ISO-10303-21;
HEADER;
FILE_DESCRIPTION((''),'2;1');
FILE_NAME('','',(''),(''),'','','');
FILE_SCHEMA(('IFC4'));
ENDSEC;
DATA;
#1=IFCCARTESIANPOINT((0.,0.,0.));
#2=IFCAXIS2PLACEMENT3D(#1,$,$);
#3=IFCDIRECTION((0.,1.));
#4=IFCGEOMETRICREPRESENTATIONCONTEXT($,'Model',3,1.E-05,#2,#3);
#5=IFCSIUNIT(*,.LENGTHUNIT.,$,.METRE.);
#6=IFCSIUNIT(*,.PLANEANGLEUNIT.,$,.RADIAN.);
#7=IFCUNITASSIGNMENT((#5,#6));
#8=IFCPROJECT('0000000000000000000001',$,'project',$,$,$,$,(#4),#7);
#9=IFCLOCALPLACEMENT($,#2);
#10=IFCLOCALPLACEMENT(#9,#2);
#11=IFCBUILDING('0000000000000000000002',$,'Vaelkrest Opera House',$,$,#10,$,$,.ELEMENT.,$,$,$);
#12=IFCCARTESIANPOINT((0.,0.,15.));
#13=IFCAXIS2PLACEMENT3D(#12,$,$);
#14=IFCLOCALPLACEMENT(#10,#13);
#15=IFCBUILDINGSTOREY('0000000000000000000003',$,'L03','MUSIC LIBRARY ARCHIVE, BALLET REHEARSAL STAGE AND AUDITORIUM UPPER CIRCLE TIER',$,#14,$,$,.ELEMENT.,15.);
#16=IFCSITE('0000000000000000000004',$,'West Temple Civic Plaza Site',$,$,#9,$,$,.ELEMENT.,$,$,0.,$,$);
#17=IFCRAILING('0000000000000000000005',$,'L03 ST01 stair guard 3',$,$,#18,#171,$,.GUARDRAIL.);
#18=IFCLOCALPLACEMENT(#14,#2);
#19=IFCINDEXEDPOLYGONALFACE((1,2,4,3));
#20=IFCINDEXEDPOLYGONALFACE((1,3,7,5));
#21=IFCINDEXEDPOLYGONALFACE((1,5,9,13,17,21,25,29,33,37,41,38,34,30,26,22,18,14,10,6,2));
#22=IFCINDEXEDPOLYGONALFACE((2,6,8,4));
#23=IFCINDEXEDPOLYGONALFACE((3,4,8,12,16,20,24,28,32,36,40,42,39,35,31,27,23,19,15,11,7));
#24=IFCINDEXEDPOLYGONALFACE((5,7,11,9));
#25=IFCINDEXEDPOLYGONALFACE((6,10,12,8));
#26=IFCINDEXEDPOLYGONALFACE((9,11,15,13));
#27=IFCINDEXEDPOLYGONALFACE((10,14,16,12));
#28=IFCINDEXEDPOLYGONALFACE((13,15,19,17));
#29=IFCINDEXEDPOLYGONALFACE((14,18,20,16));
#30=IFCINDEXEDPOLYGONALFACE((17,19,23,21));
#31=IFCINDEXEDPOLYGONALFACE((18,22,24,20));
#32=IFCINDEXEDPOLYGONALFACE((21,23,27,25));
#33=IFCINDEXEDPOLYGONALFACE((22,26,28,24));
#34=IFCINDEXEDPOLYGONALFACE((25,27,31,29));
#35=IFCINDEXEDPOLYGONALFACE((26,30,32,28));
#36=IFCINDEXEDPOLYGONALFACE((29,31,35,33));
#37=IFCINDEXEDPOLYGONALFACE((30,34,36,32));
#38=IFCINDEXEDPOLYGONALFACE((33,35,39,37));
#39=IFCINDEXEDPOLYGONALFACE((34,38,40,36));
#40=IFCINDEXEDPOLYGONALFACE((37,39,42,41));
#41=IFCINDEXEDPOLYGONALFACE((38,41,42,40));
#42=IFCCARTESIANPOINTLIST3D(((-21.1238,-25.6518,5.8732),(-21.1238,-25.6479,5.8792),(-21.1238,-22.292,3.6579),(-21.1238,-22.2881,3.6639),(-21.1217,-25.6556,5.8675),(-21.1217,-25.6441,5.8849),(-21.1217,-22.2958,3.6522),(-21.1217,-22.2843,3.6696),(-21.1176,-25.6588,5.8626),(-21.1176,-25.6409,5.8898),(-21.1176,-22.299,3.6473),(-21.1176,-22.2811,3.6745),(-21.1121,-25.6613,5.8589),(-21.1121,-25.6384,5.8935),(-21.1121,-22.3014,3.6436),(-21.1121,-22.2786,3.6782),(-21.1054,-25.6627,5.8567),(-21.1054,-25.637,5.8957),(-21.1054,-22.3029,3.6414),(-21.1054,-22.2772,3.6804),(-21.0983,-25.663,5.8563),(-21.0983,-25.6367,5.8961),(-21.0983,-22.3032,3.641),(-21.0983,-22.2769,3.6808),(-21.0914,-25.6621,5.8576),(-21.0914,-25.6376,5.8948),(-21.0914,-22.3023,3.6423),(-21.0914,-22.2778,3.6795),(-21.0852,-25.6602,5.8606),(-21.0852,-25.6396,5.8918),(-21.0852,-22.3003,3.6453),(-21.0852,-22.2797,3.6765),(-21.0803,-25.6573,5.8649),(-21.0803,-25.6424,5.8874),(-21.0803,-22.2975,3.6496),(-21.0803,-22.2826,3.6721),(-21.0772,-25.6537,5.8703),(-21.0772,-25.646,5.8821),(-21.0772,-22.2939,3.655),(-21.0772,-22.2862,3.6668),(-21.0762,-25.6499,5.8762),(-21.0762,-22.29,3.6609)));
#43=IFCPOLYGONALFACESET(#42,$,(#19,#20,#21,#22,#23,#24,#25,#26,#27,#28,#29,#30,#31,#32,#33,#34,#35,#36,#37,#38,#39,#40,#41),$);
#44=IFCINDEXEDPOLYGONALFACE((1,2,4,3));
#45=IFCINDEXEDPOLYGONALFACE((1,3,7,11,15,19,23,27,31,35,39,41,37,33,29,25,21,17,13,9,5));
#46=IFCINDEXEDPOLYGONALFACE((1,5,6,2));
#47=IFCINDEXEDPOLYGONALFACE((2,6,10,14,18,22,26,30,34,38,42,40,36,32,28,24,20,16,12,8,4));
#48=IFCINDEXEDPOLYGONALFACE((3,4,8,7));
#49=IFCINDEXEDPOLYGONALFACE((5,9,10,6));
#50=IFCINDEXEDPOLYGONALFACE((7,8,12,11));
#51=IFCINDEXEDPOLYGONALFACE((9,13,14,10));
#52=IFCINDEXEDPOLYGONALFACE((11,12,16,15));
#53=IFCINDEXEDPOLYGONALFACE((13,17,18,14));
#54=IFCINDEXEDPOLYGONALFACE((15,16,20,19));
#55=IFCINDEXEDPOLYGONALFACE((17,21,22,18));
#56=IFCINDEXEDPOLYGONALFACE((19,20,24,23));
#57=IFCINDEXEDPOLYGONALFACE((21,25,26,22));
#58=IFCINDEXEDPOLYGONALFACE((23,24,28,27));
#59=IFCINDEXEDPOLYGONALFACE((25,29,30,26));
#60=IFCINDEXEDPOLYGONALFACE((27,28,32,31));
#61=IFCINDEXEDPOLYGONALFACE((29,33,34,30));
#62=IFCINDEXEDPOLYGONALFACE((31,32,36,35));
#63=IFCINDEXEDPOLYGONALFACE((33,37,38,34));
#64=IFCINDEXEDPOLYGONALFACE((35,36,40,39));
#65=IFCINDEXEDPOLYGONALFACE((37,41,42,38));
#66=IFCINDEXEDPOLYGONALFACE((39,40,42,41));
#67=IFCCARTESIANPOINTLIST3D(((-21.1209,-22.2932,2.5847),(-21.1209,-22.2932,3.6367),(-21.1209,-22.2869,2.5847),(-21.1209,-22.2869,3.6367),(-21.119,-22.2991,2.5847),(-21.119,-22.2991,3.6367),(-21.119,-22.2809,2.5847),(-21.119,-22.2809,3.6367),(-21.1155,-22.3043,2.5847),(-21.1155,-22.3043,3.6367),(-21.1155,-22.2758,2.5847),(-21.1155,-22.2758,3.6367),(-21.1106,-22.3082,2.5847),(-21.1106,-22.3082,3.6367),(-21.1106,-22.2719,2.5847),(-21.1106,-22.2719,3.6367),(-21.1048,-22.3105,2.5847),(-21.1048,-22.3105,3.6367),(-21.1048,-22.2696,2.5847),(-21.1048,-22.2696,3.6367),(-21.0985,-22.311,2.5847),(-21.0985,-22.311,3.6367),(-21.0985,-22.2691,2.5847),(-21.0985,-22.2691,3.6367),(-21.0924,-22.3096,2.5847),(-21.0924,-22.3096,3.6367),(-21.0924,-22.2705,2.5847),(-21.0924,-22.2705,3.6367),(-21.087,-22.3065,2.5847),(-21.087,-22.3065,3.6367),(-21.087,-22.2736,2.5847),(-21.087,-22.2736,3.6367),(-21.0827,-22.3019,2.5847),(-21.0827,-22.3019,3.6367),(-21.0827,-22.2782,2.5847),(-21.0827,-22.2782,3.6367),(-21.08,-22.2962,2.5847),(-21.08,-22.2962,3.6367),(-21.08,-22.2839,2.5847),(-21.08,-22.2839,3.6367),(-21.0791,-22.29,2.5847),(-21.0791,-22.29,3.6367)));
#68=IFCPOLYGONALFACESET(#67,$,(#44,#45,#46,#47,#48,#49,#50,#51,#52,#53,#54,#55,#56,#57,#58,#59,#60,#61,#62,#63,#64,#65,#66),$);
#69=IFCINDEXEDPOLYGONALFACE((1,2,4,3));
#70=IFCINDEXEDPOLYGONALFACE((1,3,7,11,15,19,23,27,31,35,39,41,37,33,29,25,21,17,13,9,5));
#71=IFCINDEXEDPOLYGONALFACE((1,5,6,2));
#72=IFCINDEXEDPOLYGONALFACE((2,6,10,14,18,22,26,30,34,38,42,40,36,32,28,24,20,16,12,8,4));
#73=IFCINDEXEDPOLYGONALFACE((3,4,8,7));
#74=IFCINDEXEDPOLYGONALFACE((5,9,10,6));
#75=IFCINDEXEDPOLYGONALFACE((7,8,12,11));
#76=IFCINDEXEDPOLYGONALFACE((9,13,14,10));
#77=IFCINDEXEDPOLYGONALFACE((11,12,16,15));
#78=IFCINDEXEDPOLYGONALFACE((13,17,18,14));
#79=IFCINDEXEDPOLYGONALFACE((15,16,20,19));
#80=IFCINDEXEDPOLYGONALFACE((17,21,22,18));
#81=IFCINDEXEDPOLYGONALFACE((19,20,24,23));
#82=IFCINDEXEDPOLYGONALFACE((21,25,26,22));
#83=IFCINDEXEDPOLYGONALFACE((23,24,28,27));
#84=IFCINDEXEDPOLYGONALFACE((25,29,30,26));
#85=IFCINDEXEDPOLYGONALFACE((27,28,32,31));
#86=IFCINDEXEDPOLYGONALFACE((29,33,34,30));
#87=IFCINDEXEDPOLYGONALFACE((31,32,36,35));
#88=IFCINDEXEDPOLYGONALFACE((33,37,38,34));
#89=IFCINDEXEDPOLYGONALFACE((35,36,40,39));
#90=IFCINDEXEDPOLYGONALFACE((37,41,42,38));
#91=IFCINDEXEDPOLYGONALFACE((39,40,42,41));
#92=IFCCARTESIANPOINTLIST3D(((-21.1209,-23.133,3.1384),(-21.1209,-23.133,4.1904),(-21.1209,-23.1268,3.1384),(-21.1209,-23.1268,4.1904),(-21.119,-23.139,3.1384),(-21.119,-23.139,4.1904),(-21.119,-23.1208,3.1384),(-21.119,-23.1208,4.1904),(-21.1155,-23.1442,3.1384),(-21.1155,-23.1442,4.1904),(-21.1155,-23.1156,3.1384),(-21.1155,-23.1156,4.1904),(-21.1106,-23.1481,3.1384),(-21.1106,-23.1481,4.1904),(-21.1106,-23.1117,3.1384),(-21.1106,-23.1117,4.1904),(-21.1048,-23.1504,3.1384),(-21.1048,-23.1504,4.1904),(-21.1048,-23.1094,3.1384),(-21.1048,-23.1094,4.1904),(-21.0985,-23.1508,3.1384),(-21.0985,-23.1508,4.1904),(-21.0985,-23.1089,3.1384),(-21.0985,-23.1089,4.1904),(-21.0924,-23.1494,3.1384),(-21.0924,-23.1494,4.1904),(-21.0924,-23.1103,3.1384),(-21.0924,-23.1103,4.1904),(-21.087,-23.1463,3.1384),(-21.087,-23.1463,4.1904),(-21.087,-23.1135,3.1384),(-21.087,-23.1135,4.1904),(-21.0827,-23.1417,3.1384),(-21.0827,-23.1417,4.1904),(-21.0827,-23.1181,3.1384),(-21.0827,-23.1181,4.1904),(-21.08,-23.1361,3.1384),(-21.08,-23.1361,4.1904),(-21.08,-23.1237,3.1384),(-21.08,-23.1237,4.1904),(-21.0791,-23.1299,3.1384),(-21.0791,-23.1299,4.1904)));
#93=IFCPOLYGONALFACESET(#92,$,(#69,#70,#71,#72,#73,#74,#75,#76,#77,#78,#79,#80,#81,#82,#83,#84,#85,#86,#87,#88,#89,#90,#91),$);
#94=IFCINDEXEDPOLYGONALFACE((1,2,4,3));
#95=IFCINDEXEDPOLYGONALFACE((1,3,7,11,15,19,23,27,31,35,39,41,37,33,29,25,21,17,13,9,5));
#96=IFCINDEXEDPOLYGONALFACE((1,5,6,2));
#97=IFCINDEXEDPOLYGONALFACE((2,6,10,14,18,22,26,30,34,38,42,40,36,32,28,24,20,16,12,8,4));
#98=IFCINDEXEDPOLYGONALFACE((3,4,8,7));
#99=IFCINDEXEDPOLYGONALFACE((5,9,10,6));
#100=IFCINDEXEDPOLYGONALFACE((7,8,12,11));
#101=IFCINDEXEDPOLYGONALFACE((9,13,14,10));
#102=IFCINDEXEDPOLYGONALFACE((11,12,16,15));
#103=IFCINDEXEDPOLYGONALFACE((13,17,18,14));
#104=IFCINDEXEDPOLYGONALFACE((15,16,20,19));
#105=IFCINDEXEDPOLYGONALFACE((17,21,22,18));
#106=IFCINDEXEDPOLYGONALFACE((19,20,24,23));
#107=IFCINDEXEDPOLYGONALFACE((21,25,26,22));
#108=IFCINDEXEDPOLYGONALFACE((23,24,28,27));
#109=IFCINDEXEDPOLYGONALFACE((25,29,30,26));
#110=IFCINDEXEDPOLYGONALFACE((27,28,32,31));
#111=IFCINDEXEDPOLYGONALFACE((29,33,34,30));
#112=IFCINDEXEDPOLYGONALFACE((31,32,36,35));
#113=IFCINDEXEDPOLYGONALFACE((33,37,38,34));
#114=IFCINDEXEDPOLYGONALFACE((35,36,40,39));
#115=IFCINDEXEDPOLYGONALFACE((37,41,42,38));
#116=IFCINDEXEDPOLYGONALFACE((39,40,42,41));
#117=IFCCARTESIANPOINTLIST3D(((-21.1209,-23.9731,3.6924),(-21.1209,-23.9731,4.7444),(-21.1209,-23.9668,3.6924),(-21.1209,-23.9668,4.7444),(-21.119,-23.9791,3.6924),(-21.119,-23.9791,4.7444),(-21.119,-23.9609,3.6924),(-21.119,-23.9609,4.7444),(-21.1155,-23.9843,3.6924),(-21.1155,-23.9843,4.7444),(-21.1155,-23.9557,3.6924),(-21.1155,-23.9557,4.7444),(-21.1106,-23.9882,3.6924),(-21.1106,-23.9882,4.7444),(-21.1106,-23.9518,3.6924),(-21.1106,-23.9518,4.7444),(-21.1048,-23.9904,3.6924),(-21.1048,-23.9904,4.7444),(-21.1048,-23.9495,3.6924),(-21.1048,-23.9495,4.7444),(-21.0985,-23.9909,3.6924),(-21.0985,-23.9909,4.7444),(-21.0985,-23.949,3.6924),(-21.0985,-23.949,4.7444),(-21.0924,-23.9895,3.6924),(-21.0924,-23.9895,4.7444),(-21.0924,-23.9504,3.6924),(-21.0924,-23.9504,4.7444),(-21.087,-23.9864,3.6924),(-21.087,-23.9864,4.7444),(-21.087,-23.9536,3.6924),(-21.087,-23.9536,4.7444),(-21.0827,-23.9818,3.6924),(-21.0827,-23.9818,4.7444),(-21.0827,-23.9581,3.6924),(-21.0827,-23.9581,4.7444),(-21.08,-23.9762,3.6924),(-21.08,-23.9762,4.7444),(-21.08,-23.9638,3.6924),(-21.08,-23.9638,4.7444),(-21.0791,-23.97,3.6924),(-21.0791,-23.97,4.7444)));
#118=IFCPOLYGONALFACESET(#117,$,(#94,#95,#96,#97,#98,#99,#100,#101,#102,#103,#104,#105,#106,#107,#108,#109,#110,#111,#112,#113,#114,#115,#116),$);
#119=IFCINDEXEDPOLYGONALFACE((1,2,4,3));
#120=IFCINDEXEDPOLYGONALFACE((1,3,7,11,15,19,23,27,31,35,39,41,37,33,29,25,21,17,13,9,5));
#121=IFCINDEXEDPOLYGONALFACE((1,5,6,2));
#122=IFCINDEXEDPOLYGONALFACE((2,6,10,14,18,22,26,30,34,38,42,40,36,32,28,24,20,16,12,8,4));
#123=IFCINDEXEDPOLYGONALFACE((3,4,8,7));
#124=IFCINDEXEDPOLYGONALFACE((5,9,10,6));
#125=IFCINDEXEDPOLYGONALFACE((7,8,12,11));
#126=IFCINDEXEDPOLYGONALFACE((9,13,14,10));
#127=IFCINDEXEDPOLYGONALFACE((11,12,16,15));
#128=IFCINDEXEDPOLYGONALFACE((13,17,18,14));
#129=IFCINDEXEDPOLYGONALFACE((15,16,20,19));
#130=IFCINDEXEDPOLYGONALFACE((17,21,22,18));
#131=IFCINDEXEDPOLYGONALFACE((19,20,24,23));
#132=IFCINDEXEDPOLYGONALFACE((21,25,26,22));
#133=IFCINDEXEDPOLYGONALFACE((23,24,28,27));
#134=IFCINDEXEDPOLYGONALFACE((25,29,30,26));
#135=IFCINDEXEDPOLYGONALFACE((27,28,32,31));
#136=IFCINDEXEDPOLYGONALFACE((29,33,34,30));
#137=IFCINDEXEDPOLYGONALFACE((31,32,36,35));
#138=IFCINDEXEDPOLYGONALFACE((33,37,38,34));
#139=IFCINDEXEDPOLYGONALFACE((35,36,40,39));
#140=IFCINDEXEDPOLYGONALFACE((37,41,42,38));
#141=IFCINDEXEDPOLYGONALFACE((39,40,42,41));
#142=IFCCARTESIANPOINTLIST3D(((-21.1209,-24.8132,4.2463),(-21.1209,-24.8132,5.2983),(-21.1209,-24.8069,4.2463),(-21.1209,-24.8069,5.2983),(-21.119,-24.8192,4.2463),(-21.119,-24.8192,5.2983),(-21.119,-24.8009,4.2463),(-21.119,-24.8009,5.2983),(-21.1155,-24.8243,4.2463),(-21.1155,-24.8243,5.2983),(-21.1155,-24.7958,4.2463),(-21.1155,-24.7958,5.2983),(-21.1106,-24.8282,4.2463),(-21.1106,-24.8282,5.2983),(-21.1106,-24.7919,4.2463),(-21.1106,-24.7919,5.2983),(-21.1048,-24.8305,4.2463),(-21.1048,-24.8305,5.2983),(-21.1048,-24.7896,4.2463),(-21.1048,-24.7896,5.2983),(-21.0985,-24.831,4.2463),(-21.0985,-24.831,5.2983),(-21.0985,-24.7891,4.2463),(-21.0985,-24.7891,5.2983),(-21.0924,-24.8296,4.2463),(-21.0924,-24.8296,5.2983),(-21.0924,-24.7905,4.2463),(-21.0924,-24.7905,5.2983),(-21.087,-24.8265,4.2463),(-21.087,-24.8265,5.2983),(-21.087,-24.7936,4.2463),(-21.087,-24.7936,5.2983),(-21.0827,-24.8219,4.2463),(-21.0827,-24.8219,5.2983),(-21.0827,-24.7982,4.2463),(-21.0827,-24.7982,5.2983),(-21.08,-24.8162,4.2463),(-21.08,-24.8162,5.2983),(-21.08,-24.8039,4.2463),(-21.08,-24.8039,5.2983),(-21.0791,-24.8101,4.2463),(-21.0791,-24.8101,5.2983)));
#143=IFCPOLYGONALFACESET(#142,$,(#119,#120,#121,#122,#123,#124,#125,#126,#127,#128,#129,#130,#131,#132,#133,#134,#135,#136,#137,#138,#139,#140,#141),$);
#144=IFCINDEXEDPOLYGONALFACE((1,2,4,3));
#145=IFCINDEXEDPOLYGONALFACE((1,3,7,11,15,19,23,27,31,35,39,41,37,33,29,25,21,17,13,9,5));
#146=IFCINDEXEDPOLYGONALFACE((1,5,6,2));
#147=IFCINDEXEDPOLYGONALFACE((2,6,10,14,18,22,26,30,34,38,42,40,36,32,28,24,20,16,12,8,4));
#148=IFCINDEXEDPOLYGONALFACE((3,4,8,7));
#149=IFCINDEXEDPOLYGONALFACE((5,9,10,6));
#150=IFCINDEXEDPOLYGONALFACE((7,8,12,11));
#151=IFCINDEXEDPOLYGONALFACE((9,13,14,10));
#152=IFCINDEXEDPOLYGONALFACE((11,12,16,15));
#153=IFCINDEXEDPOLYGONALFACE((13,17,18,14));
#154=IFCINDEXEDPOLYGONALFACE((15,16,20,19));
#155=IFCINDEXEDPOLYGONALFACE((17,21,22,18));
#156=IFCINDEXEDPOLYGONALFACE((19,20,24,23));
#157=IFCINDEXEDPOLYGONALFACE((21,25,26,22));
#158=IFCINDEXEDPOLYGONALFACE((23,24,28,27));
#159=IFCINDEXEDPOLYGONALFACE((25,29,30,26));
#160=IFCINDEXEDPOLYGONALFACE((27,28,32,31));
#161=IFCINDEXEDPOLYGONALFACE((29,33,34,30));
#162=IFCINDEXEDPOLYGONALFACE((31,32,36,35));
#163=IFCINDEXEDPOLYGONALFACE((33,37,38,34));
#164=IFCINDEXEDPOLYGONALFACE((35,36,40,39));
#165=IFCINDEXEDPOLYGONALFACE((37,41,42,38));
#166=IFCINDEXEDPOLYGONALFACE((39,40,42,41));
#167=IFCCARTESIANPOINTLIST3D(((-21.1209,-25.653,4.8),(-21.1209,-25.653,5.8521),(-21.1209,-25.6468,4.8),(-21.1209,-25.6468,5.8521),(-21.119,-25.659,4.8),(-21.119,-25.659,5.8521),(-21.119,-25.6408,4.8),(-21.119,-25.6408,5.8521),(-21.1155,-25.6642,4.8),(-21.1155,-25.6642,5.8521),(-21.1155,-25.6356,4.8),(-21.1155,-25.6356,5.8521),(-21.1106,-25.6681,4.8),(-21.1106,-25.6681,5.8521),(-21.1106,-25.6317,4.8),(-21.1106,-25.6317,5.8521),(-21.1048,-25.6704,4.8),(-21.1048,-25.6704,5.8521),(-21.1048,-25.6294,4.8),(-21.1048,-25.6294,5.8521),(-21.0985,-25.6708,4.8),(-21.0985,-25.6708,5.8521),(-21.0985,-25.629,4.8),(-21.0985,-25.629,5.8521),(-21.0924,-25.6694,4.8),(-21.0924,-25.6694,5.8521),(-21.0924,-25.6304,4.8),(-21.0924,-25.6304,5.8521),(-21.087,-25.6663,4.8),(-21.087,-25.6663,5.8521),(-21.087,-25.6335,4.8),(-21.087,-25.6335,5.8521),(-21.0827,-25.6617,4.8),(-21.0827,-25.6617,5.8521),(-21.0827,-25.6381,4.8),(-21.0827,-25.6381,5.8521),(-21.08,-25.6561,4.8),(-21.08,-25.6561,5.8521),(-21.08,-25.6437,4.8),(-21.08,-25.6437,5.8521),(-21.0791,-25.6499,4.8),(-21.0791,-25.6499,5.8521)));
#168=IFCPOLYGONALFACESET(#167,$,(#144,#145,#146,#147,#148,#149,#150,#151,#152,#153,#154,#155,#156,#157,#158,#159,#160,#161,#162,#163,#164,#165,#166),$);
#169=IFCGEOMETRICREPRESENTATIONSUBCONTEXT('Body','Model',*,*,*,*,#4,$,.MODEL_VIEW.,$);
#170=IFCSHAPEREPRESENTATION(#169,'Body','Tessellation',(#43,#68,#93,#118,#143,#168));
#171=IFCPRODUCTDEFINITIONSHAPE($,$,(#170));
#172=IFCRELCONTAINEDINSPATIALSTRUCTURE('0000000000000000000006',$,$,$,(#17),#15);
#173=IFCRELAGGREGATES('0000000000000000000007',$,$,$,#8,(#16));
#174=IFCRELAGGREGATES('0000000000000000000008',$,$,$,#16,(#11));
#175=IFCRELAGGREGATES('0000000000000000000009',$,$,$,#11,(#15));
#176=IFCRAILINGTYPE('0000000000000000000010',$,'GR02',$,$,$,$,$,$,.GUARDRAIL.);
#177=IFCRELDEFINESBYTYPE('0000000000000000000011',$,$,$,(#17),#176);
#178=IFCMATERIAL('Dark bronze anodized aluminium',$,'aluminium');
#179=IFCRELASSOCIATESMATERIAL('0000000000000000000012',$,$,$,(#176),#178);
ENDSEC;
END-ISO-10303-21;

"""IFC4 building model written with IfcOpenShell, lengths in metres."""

from ifc_helpers import new_model, si_unit, direction, frame, origin, origin_2d, place, context, subcontext, project, spatial, circle, extrude, material, type_object, element, save


model = new_model("IFC4")

# Units and contexts
model_context = context("Model", 3, precision=1e-05, world=origin(), true_north=direction((0.0, 1.0)))
body_context = subcontext(model_context, "Body", "Model", "MODEL_VIEW")
ifc_project = project(units=[si_unit("LENGTHUNIT", "METRE"), si_unit("PLANEANGLEUNIT", "RADIAN")], contexts=[model_context])

# Site, building, storey
site_placement = place(None, origin())
site = spatial("IfcSite", under=ifc_project, at=site_placement, Name="West Temple Civic Plaza Site", CompositionType="ELEMENT", RefElevation=0.0)
building_placement = place(site_placement, origin())
building = spatial("IfcBuilding", under=site, at=building_placement, Name="Vaelkrest Opera House", CompositionType="ELEMENT")
storey_placement = place(building_placement, frame((0.0, 0.0, 15.0)))
storey = spatial("IfcBuildingStorey", under=building, at=storey_placement, Name="L03", Description="MUSIC LIBRARY ARCHIVE, BALLET REHEARSAL STAGE AND AUDITORIUM UPPER CIRCLE TIER", CompositionType="ELEMENT", Elevation=15.0)

# Shared definitions
ifc_material_1 = material(Name="Dark bronze anodized aluminium", Category="aluminium")

# Railing
railing_type_1 = type_object("IfcRailingType", Name="GR02", PredefinedType="GUARDRAIL", material=ifc_material_1)
railing_1_placement = place(storey_placement, frame((-21.1001, -22.29, 2.5847)))
element("IfcRailing", 1, at=railing_1_placement, inside=storey, type_object=railing_type_1, Name="L03 ST01 stair guard 3", PredefinedType="GUARDRAIL", context=body_context, shape_type="SweptSolid", body=[
    extrude(circle(Radius=0.0239, at=origin_2d()), frame((0.0, 0.0, 1.0762), z_axis=(0.0, -0.834858, 0.550465), x_axis=(1.0, 0.0, 0.0)), (0.0, 0.0, 1.0), 4.0244),
    extrude(circle(Radius=0.021, at=origin_2d()), origin(), (0.0, 0.0, 1.0), 1.052),
    extrude(circle(Radius=0.021, at=origin_2d()), frame((0.0, -0.8398, 0.5537)), (0.0, 0.0, 1.0), 1.052),
    extrude(circle(Radius=0.021, at=origin_2d()), frame((0.0, -1.6799, 1.1077)), (0.0, 0.0, 1.0), 1.052),
    extrude(circle(Radius=0.021, at=origin_2d()), frame((0.0, -2.52, 1.6616)), (0.0, 0.0, 1.0), 1.052),
    extrude(circle(Radius=0.021, at=origin_2d()), frame((0.0, -3.3599, 2.2153)), (0.0, 0.0, 1.0), 1.052),
])

save(model, "model.ifc")
